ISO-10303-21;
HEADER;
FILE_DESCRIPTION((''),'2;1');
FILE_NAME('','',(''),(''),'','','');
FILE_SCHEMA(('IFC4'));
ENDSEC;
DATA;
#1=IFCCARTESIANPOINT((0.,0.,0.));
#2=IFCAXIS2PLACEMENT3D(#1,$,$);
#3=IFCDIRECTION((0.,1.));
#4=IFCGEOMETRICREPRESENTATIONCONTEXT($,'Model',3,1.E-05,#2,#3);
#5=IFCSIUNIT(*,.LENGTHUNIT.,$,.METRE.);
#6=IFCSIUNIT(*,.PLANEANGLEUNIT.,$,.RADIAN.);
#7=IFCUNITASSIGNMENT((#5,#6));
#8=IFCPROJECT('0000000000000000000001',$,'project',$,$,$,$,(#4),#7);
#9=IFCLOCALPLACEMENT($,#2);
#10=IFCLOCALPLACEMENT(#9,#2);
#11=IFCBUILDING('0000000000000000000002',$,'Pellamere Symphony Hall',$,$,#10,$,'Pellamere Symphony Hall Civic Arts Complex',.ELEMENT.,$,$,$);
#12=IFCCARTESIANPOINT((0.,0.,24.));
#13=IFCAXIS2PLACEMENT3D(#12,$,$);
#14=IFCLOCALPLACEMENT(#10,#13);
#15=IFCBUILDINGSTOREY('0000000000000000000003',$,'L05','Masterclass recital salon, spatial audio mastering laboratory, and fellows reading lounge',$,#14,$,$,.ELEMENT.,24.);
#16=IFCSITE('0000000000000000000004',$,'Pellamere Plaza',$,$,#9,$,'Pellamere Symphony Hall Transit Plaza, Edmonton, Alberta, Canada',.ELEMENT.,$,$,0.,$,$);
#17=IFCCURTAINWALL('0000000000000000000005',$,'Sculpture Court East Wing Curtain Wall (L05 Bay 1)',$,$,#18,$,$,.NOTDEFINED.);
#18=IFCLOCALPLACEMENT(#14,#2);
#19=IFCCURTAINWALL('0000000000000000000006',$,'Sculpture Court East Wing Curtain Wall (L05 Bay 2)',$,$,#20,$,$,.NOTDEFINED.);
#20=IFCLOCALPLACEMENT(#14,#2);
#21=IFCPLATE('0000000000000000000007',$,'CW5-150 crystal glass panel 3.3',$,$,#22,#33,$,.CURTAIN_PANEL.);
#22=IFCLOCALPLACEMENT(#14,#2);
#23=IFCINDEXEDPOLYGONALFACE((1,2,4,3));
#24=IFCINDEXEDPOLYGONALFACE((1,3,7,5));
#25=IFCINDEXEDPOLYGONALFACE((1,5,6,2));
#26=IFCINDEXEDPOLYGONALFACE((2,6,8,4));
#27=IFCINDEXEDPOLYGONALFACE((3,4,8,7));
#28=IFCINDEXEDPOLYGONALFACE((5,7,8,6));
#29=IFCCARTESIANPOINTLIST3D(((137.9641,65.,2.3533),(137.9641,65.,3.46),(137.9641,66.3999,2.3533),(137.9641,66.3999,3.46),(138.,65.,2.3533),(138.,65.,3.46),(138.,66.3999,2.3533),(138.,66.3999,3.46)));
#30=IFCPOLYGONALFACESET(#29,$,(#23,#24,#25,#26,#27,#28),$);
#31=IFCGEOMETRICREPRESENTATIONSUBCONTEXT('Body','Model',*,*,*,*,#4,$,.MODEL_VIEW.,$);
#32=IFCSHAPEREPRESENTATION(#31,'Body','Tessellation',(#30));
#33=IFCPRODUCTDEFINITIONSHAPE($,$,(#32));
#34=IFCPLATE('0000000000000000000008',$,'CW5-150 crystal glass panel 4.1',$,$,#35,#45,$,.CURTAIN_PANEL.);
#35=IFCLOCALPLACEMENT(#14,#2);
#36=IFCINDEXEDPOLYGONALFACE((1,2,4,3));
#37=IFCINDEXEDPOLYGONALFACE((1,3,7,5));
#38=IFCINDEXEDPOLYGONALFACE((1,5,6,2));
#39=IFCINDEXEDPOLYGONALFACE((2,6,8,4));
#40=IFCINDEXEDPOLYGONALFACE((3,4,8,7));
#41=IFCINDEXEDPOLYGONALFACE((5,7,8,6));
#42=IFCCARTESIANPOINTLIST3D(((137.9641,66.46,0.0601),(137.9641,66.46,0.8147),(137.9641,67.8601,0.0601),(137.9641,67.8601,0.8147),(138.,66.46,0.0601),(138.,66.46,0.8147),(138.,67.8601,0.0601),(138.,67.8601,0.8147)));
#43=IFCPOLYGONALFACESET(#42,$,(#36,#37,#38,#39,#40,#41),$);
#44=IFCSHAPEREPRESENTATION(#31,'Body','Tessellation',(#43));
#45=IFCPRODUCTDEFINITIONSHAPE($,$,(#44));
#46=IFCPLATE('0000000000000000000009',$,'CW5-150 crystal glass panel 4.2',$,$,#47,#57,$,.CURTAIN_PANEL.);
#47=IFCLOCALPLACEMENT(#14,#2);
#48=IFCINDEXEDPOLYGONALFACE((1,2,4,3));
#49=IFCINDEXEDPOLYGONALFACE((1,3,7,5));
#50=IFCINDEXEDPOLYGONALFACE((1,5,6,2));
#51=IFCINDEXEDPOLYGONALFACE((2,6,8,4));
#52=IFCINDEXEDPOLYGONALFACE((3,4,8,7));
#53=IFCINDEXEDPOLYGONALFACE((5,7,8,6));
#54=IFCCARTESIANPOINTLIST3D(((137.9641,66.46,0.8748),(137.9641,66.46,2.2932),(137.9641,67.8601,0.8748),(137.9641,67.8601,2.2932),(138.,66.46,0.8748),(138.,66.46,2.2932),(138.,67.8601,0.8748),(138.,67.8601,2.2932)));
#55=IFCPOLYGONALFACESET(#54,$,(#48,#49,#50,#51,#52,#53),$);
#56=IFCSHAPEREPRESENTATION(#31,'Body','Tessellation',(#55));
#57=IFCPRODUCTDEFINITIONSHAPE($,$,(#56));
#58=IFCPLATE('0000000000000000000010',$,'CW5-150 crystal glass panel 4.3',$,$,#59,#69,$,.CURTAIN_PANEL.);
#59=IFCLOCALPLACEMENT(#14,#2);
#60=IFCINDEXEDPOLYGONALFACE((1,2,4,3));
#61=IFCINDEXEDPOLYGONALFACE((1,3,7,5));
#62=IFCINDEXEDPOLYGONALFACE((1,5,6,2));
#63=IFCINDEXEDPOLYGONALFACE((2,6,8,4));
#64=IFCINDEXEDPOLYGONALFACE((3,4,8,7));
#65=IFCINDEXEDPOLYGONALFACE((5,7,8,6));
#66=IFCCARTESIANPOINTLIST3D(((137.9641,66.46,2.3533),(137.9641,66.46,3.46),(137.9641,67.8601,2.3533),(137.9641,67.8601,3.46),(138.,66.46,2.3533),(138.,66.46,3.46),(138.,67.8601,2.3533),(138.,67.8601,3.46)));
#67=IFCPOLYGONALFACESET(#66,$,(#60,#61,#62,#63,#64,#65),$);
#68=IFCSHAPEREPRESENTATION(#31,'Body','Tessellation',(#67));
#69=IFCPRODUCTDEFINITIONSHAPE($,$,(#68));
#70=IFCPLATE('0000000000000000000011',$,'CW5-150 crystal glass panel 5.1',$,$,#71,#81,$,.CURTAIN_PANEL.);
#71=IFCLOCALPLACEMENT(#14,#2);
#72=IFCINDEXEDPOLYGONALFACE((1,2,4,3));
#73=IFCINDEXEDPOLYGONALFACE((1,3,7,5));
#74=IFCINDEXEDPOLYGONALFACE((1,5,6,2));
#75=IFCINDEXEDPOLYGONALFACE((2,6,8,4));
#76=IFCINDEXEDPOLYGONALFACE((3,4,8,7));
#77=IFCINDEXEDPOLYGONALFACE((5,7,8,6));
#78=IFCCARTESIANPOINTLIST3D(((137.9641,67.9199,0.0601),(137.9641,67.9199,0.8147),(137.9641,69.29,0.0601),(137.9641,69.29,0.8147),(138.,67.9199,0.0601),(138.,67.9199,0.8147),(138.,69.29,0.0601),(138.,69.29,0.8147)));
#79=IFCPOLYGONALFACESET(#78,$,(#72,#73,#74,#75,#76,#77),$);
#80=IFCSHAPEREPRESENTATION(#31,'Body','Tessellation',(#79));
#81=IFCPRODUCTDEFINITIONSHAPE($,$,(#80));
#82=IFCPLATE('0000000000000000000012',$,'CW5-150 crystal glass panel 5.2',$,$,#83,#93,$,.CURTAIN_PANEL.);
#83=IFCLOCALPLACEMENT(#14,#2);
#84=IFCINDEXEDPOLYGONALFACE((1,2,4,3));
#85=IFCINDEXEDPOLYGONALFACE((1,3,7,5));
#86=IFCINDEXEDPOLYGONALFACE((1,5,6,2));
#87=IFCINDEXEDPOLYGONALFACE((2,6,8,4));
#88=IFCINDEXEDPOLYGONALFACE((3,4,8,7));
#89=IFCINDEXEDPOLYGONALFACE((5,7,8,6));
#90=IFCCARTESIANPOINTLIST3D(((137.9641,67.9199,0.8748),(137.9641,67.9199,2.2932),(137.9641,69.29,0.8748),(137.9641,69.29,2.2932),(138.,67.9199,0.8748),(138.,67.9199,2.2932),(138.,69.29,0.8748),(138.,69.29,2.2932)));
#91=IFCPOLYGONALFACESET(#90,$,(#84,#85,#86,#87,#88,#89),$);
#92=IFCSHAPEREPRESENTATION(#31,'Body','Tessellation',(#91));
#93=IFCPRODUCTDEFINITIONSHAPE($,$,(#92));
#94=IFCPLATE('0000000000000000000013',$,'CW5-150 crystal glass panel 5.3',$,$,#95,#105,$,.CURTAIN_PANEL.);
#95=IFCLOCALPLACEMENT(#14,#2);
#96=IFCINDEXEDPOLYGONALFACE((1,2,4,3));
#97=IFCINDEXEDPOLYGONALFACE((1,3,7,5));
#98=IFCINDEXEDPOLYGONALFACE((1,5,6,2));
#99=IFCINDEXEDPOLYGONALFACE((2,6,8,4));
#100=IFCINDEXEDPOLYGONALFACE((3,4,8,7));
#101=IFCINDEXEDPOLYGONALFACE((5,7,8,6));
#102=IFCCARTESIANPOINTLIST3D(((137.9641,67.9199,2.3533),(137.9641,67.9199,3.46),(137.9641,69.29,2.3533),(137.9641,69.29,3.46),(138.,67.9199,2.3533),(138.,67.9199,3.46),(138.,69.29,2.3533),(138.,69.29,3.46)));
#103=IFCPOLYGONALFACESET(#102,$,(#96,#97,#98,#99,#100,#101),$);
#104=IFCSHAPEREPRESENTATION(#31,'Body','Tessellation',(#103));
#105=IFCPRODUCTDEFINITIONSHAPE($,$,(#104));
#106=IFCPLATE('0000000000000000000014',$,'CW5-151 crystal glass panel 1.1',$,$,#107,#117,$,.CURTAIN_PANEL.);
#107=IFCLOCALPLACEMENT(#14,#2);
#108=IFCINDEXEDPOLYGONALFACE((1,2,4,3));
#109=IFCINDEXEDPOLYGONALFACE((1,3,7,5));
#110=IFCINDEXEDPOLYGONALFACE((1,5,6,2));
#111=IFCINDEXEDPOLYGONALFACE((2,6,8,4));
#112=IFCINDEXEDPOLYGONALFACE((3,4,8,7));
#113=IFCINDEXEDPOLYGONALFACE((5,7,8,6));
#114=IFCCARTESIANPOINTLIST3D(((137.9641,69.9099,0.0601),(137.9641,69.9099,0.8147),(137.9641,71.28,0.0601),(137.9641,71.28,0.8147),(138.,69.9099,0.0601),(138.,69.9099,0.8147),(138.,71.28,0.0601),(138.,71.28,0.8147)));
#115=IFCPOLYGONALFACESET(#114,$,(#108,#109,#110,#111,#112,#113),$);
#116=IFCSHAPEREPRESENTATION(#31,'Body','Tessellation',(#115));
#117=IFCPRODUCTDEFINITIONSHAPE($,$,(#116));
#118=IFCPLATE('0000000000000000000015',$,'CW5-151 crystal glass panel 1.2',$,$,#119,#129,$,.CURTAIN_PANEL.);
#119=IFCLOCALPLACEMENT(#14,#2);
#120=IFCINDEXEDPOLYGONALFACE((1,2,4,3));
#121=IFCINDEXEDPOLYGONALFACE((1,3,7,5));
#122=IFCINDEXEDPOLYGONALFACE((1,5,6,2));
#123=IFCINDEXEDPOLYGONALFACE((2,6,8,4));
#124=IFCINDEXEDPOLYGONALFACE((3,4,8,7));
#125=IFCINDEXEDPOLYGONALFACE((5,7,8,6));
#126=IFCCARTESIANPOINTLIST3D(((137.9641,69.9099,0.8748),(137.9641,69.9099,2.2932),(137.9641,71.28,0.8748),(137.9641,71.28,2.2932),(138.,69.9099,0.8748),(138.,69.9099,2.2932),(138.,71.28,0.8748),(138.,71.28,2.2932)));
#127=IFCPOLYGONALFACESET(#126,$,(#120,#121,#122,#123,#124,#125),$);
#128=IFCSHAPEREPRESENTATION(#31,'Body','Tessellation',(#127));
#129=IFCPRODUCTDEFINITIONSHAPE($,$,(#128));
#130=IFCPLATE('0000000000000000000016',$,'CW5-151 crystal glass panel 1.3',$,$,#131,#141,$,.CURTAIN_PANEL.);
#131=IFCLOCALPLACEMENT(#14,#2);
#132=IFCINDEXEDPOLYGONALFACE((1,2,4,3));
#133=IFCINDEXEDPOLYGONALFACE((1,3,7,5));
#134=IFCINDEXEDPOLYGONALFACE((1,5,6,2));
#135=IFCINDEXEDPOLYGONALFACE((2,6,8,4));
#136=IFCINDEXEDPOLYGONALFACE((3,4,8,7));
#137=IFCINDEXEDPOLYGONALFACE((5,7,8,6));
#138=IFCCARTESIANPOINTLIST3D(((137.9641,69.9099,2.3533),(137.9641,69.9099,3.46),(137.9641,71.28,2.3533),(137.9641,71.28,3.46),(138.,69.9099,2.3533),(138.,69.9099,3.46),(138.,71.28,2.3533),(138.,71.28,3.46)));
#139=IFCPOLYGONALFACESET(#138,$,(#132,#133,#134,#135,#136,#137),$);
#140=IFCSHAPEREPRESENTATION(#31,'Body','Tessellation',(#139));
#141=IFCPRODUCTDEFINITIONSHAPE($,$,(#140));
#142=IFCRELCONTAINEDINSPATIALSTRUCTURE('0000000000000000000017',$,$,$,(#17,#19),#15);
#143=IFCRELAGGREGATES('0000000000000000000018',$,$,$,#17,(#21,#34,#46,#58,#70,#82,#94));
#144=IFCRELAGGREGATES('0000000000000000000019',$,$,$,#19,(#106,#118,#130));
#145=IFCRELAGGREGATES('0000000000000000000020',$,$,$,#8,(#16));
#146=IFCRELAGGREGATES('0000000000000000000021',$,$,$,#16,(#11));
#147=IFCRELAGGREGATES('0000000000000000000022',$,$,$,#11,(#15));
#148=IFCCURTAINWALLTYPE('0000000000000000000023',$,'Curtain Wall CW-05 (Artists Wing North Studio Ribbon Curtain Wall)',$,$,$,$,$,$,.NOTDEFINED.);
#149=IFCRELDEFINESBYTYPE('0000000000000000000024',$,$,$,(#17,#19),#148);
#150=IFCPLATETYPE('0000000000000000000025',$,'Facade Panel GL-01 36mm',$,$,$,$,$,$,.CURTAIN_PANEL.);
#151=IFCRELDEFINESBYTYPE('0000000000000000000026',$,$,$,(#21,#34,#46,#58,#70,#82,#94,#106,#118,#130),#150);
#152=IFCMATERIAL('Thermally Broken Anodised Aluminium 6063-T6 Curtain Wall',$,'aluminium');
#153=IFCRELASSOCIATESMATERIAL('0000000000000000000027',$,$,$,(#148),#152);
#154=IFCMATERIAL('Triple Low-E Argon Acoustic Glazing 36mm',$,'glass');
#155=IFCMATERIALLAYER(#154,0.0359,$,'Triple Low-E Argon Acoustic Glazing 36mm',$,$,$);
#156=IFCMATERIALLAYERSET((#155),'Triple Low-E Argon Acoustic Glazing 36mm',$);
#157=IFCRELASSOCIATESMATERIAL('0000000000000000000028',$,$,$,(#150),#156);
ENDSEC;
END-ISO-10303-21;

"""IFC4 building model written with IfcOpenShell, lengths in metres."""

from ifc_helpers import new_model, si_unit, direction, frame, origin, place, context, subcontext, project, spatial, polyline, outline, extrude, material, layer, layer_set, type_object, element, aggregate, save


model = new_model("IFC4")

# Units and contexts
model_context = context("Model", 3, precision=1e-05, world=origin(), true_north=direction((0.0, 1.0)))
body_context = subcontext(model_context, "Body", "Model", "MODEL_VIEW")
ifc_project = project(units=[si_unit("LENGTHUNIT", "METRE"), si_unit("PLANEANGLEUNIT", "RADIAN")], contexts=[model_context])

# Site, building, storey
site_placement = place(None, origin())
site = spatial("IfcSite", under=ifc_project, at=site_placement, Name="Pellamere Plaza", LongName="Pellamere Symphony Hall Transit Plaza, Edmonton, Alberta, Canada", CompositionType="ELEMENT", RefElevation=0.0)
building_placement = place(site_placement, origin())
building = spatial("IfcBuilding", under=site, at=building_placement, Name="Pellamere Symphony Hall", LongName="Pellamere Symphony Hall Civic Arts Complex", CompositionType="ELEMENT")
storey_placement = place(building_placement, frame((0.0, 0.0, 24.0)))
storey = spatial("IfcBuildingStorey", under=building, at=storey_placement, Name="L05", Description="Masterclass recital salon, spatial audio mastering laboratory, and fellows reading lounge", CompositionType="ELEMENT", Elevation=24.0)

# Curtain walls
ifc_material_1 = material(Name="Thermally Broken Anodised Aluminium 6063-T6 Curtain Wall", Category="aluminium")
curtain_wall_type = type_object("IfcCurtainWallType", Name="Curtain Wall CW-05 (Artists Wing North Studio Ribbon Curtain Wall)", PredefinedType="NOTDEFINED", material=ifc_material_1)
curtain_wall_1_placement = place(storey_placement, origin())
curtain_wall_1 = element("IfcCurtainWall", 1, at=curtain_wall_1_placement, inside=storey, type_object=curtain_wall_type, Name="Sculpture Court East Wing Curtain Wall (L05 Bay 1)", PredefinedType="NOTDEFINED")
curtain_wall_2_placement = place(storey_placement, origin())
curtain_wall_2 = element("IfcCurtainWall", 2, at=curtain_wall_2_placement, inside=storey, type_object=curtain_wall_type, Name="Sculpture Court East Wing Curtain Wall (L05 Bay 2)", PredefinedType="NOTDEFINED")

# Plates
ifc_material_2 = material(Name="Triple Low-E Argon Acoustic Glazing 36mm", Category="glass")
ifc_layer = layer(ifc_material_2, 0.0359, Name="Triple Low-E Argon Acoustic Glazing 36mm")
ifc_layer_set = layer_set([ifc_layer], Name="Triple Low-E Argon Acoustic Glazing 36mm")
plate_type = type_object("IfcPlateType", Name="Facade Panel GL-01 36mm", PredefinedType="CURTAIN_PANEL", material=ifc_layer_set)
plate_1_placement = place(storey_placement, frame((138.0, 65.0, 2.3533), z_axis=(1.0, 0.0, 0.0), x_axis=(0.0, 1.0, 0.0)))
plate_1 = element("IfcPlate", 3, at=plate_1_placement, type_object=plate_type, Name="CW5-150 crystal glass panel 3.3", PredefinedType="CURTAIN_PANEL", context=body_context, shape_type="SweptSolid", body=[
    extrude(outline(polyline([(0.0, 0.0), (1.3999, 0.0), (1.3999, 1.1067), (0.0, 1.1067), (0.0, 0.0)])), origin(), (0.0, 0.0, -1.0), 0.0359),
])
plate_2_placement = place(storey_placement, frame((138.0, 66.46, 0.0601), z_axis=(1.0, 0.0, 0.0), x_axis=(0.0, 1.0, 0.0)))
plate_2 = element("IfcPlate", 4, at=plate_2_placement, type_object=plate_type, Name="CW5-150 crystal glass panel 4.1", PredefinedType="CURTAIN_PANEL", context=body_context, shape_type="SweptSolid", body=[
    extrude(outline(polyline([(0.0, 0.0), (1.4001, 0.0), (1.4001, 0.7546), (0.0, 0.7546), (0.0, 0.0)])), origin(), (0.0, 0.0, -1.0), 0.0359),
])
plate_3_placement = place(storey_placement, frame((138.0, 66.46, 0.8748), z_axis=(1.0, 0.0, 0.0), x_axis=(0.0, 1.0, 0.0)))
plate_3 = element("IfcPlate", 5, at=plate_3_placement, type_object=plate_type, Name="CW5-150 crystal glass panel 4.2", PredefinedType="CURTAIN_PANEL", context=body_context, shape_type="SweptSolid", body=[
    extrude(outline(polyline([(0.0, 0.0), (1.4001, 0.0), (1.4001, 1.4185), (0.0, 1.4185), (0.0, 0.0)])), origin(), (0.0, 0.0, -1.0), 0.0359),
])
plate_4_placement = place(storey_placement, frame((138.0, 66.46, 2.3533), z_axis=(1.0, 0.0, 0.0), x_axis=(0.0, 1.0, 0.0)))
plate_4 = element("IfcPlate", 6, at=plate_4_placement, type_object=plate_type, Name="CW5-150 crystal glass panel 4.3", PredefinedType="CURTAIN_PANEL", context=body_context, shape_type="SweptSolid", body=[
    extrude(outline(polyline([(0.0, 0.0), (1.4001, 0.0), (1.4001, 1.1067), (0.0, 1.1067), (0.0, 0.0)])), origin(), (0.0, 0.0, -1.0), 0.0359),
])
plate_5_placement = place(storey_placement, frame((138.0, 67.9199, 0.0601), z_axis=(1.0, 0.0, 0.0), x_axis=(0.0, 1.0, 0.0)))
plate_5 = element("IfcPlate", 7, at=plate_5_placement, type_object=plate_type, Name="CW5-150 crystal glass panel 5.1", PredefinedType="CURTAIN_PANEL", context=body_context, shape_type="SweptSolid", body=[
    extrude(outline(polyline([(0.0, 0.0), (1.3701, 0.0), (1.3701, 0.7546), (0.0, 0.7546), (0.0, 0.0)])), origin(), (0.0, 0.0, -1.0), 0.0359),
])
plate_6_placement = place(storey_placement, frame((138.0, 67.9199, 0.8748), z_axis=(1.0, 0.0, 0.0), x_axis=(0.0, 1.0, 0.0)))
plate_6 = element("IfcPlate", 8, at=plate_6_placement, type_object=plate_type, Name="CW5-150 crystal glass panel 5.2", PredefinedType="CURTAIN_PANEL", context=body_context, shape_type="SweptSolid", body=[
    extrude(outline(polyline([(0.0, 0.0), (1.3701, 0.0), (1.3701, 1.4185), (0.0, 1.4185), (0.0, 0.0)])), origin(), (0.0, 0.0, -1.0), 0.0359),
])
plate_7_placement = place(storey_placement, frame((138.0, 67.9199, 2.3533), z_axis=(1.0, 0.0, 0.0), x_axis=(0.0, 1.0, 0.0)))
plate_7 = element("IfcPlate", 9, at=plate_7_placement, type_object=plate_type, Name="CW5-150 crystal glass panel 5.3", PredefinedType="CURTAIN_PANEL", context=body_context, shape_type="SweptSolid", body=[
    extrude(outline(polyline([(0.0, 0.0), (1.3701, 0.0), (1.3701, 1.1067), (0.0, 1.1067), (0.0, 0.0)])), origin(), (0.0, 0.0, -1.0), 0.0359),
])
aggregate(curtain_wall_1, [plate_1, plate_2, plate_3, plate_4, plate_5, plate_6, plate_7])
plate_8_placement = place(storey_placement, frame((138.0, 69.9099, 0.0601), z_axis=(1.0, 0.0, 0.0), x_axis=(0.0, 1.0, 0.0)))
plate_8 = element("IfcPlate", 10, at=plate_8_placement, type_object=plate_type, Name="CW5-151 crystal glass panel 1.1", PredefinedType="CURTAIN_PANEL", context=body_context, shape_type="SweptSolid", body=[
    extrude(outline(polyline([(0.0, 0.0), (1.3701, 0.0), (1.3701, 0.7546), (0.0, 0.7546), (0.0, 0.0)])), origin(), (0.0, 0.0, -1.0), 0.0359),
])
plate_9_placement = place(storey_placement, frame((138.0, 69.9099, 0.8748), z_axis=(1.0, 0.0, 0.0), x_axis=(0.0, 1.0, 0.0)))
plate_9 = element("IfcPlate", 11, at=plate_9_placement, type_object=plate_type, Name="CW5-151 crystal glass panel 1.2", PredefinedType="CURTAIN_PANEL", context=body_context, shape_type="SweptSolid", body=[
    extrude(outline(polyline([(0.0, 0.0), (1.3701, 0.0), (1.3701, 1.4185), (0.0, 1.4185), (0.0, 0.0)])), origin(), (0.0, 0.0, -1.0), 0.0359),
])
plate_10_placement = place(storey_placement, frame((138.0, 69.9099, 2.3533), z_axis=(1.0, 0.0, 0.0), x_axis=(0.0, 1.0, 0.0)))
plate_10 = element("IfcPlate", 12, at=plate_10_placement, type_object=plate_type, Name="CW5-151 crystal glass panel 1.3", PredefinedType="CURTAIN_PANEL", context=body_context, shape_type="SweptSolid", body=[
    extrude(outline(polyline([(0.0, 0.0), (1.3701, 0.0), (1.3701, 1.1067), (0.0, 1.1067), (0.0, 0.0)])), origin(), (0.0, 0.0, -1.0), 0.0359),
])
aggregate(curtain_wall_2, [plate_8, plate_9, plate_10])

save(model, "model.ifc")
